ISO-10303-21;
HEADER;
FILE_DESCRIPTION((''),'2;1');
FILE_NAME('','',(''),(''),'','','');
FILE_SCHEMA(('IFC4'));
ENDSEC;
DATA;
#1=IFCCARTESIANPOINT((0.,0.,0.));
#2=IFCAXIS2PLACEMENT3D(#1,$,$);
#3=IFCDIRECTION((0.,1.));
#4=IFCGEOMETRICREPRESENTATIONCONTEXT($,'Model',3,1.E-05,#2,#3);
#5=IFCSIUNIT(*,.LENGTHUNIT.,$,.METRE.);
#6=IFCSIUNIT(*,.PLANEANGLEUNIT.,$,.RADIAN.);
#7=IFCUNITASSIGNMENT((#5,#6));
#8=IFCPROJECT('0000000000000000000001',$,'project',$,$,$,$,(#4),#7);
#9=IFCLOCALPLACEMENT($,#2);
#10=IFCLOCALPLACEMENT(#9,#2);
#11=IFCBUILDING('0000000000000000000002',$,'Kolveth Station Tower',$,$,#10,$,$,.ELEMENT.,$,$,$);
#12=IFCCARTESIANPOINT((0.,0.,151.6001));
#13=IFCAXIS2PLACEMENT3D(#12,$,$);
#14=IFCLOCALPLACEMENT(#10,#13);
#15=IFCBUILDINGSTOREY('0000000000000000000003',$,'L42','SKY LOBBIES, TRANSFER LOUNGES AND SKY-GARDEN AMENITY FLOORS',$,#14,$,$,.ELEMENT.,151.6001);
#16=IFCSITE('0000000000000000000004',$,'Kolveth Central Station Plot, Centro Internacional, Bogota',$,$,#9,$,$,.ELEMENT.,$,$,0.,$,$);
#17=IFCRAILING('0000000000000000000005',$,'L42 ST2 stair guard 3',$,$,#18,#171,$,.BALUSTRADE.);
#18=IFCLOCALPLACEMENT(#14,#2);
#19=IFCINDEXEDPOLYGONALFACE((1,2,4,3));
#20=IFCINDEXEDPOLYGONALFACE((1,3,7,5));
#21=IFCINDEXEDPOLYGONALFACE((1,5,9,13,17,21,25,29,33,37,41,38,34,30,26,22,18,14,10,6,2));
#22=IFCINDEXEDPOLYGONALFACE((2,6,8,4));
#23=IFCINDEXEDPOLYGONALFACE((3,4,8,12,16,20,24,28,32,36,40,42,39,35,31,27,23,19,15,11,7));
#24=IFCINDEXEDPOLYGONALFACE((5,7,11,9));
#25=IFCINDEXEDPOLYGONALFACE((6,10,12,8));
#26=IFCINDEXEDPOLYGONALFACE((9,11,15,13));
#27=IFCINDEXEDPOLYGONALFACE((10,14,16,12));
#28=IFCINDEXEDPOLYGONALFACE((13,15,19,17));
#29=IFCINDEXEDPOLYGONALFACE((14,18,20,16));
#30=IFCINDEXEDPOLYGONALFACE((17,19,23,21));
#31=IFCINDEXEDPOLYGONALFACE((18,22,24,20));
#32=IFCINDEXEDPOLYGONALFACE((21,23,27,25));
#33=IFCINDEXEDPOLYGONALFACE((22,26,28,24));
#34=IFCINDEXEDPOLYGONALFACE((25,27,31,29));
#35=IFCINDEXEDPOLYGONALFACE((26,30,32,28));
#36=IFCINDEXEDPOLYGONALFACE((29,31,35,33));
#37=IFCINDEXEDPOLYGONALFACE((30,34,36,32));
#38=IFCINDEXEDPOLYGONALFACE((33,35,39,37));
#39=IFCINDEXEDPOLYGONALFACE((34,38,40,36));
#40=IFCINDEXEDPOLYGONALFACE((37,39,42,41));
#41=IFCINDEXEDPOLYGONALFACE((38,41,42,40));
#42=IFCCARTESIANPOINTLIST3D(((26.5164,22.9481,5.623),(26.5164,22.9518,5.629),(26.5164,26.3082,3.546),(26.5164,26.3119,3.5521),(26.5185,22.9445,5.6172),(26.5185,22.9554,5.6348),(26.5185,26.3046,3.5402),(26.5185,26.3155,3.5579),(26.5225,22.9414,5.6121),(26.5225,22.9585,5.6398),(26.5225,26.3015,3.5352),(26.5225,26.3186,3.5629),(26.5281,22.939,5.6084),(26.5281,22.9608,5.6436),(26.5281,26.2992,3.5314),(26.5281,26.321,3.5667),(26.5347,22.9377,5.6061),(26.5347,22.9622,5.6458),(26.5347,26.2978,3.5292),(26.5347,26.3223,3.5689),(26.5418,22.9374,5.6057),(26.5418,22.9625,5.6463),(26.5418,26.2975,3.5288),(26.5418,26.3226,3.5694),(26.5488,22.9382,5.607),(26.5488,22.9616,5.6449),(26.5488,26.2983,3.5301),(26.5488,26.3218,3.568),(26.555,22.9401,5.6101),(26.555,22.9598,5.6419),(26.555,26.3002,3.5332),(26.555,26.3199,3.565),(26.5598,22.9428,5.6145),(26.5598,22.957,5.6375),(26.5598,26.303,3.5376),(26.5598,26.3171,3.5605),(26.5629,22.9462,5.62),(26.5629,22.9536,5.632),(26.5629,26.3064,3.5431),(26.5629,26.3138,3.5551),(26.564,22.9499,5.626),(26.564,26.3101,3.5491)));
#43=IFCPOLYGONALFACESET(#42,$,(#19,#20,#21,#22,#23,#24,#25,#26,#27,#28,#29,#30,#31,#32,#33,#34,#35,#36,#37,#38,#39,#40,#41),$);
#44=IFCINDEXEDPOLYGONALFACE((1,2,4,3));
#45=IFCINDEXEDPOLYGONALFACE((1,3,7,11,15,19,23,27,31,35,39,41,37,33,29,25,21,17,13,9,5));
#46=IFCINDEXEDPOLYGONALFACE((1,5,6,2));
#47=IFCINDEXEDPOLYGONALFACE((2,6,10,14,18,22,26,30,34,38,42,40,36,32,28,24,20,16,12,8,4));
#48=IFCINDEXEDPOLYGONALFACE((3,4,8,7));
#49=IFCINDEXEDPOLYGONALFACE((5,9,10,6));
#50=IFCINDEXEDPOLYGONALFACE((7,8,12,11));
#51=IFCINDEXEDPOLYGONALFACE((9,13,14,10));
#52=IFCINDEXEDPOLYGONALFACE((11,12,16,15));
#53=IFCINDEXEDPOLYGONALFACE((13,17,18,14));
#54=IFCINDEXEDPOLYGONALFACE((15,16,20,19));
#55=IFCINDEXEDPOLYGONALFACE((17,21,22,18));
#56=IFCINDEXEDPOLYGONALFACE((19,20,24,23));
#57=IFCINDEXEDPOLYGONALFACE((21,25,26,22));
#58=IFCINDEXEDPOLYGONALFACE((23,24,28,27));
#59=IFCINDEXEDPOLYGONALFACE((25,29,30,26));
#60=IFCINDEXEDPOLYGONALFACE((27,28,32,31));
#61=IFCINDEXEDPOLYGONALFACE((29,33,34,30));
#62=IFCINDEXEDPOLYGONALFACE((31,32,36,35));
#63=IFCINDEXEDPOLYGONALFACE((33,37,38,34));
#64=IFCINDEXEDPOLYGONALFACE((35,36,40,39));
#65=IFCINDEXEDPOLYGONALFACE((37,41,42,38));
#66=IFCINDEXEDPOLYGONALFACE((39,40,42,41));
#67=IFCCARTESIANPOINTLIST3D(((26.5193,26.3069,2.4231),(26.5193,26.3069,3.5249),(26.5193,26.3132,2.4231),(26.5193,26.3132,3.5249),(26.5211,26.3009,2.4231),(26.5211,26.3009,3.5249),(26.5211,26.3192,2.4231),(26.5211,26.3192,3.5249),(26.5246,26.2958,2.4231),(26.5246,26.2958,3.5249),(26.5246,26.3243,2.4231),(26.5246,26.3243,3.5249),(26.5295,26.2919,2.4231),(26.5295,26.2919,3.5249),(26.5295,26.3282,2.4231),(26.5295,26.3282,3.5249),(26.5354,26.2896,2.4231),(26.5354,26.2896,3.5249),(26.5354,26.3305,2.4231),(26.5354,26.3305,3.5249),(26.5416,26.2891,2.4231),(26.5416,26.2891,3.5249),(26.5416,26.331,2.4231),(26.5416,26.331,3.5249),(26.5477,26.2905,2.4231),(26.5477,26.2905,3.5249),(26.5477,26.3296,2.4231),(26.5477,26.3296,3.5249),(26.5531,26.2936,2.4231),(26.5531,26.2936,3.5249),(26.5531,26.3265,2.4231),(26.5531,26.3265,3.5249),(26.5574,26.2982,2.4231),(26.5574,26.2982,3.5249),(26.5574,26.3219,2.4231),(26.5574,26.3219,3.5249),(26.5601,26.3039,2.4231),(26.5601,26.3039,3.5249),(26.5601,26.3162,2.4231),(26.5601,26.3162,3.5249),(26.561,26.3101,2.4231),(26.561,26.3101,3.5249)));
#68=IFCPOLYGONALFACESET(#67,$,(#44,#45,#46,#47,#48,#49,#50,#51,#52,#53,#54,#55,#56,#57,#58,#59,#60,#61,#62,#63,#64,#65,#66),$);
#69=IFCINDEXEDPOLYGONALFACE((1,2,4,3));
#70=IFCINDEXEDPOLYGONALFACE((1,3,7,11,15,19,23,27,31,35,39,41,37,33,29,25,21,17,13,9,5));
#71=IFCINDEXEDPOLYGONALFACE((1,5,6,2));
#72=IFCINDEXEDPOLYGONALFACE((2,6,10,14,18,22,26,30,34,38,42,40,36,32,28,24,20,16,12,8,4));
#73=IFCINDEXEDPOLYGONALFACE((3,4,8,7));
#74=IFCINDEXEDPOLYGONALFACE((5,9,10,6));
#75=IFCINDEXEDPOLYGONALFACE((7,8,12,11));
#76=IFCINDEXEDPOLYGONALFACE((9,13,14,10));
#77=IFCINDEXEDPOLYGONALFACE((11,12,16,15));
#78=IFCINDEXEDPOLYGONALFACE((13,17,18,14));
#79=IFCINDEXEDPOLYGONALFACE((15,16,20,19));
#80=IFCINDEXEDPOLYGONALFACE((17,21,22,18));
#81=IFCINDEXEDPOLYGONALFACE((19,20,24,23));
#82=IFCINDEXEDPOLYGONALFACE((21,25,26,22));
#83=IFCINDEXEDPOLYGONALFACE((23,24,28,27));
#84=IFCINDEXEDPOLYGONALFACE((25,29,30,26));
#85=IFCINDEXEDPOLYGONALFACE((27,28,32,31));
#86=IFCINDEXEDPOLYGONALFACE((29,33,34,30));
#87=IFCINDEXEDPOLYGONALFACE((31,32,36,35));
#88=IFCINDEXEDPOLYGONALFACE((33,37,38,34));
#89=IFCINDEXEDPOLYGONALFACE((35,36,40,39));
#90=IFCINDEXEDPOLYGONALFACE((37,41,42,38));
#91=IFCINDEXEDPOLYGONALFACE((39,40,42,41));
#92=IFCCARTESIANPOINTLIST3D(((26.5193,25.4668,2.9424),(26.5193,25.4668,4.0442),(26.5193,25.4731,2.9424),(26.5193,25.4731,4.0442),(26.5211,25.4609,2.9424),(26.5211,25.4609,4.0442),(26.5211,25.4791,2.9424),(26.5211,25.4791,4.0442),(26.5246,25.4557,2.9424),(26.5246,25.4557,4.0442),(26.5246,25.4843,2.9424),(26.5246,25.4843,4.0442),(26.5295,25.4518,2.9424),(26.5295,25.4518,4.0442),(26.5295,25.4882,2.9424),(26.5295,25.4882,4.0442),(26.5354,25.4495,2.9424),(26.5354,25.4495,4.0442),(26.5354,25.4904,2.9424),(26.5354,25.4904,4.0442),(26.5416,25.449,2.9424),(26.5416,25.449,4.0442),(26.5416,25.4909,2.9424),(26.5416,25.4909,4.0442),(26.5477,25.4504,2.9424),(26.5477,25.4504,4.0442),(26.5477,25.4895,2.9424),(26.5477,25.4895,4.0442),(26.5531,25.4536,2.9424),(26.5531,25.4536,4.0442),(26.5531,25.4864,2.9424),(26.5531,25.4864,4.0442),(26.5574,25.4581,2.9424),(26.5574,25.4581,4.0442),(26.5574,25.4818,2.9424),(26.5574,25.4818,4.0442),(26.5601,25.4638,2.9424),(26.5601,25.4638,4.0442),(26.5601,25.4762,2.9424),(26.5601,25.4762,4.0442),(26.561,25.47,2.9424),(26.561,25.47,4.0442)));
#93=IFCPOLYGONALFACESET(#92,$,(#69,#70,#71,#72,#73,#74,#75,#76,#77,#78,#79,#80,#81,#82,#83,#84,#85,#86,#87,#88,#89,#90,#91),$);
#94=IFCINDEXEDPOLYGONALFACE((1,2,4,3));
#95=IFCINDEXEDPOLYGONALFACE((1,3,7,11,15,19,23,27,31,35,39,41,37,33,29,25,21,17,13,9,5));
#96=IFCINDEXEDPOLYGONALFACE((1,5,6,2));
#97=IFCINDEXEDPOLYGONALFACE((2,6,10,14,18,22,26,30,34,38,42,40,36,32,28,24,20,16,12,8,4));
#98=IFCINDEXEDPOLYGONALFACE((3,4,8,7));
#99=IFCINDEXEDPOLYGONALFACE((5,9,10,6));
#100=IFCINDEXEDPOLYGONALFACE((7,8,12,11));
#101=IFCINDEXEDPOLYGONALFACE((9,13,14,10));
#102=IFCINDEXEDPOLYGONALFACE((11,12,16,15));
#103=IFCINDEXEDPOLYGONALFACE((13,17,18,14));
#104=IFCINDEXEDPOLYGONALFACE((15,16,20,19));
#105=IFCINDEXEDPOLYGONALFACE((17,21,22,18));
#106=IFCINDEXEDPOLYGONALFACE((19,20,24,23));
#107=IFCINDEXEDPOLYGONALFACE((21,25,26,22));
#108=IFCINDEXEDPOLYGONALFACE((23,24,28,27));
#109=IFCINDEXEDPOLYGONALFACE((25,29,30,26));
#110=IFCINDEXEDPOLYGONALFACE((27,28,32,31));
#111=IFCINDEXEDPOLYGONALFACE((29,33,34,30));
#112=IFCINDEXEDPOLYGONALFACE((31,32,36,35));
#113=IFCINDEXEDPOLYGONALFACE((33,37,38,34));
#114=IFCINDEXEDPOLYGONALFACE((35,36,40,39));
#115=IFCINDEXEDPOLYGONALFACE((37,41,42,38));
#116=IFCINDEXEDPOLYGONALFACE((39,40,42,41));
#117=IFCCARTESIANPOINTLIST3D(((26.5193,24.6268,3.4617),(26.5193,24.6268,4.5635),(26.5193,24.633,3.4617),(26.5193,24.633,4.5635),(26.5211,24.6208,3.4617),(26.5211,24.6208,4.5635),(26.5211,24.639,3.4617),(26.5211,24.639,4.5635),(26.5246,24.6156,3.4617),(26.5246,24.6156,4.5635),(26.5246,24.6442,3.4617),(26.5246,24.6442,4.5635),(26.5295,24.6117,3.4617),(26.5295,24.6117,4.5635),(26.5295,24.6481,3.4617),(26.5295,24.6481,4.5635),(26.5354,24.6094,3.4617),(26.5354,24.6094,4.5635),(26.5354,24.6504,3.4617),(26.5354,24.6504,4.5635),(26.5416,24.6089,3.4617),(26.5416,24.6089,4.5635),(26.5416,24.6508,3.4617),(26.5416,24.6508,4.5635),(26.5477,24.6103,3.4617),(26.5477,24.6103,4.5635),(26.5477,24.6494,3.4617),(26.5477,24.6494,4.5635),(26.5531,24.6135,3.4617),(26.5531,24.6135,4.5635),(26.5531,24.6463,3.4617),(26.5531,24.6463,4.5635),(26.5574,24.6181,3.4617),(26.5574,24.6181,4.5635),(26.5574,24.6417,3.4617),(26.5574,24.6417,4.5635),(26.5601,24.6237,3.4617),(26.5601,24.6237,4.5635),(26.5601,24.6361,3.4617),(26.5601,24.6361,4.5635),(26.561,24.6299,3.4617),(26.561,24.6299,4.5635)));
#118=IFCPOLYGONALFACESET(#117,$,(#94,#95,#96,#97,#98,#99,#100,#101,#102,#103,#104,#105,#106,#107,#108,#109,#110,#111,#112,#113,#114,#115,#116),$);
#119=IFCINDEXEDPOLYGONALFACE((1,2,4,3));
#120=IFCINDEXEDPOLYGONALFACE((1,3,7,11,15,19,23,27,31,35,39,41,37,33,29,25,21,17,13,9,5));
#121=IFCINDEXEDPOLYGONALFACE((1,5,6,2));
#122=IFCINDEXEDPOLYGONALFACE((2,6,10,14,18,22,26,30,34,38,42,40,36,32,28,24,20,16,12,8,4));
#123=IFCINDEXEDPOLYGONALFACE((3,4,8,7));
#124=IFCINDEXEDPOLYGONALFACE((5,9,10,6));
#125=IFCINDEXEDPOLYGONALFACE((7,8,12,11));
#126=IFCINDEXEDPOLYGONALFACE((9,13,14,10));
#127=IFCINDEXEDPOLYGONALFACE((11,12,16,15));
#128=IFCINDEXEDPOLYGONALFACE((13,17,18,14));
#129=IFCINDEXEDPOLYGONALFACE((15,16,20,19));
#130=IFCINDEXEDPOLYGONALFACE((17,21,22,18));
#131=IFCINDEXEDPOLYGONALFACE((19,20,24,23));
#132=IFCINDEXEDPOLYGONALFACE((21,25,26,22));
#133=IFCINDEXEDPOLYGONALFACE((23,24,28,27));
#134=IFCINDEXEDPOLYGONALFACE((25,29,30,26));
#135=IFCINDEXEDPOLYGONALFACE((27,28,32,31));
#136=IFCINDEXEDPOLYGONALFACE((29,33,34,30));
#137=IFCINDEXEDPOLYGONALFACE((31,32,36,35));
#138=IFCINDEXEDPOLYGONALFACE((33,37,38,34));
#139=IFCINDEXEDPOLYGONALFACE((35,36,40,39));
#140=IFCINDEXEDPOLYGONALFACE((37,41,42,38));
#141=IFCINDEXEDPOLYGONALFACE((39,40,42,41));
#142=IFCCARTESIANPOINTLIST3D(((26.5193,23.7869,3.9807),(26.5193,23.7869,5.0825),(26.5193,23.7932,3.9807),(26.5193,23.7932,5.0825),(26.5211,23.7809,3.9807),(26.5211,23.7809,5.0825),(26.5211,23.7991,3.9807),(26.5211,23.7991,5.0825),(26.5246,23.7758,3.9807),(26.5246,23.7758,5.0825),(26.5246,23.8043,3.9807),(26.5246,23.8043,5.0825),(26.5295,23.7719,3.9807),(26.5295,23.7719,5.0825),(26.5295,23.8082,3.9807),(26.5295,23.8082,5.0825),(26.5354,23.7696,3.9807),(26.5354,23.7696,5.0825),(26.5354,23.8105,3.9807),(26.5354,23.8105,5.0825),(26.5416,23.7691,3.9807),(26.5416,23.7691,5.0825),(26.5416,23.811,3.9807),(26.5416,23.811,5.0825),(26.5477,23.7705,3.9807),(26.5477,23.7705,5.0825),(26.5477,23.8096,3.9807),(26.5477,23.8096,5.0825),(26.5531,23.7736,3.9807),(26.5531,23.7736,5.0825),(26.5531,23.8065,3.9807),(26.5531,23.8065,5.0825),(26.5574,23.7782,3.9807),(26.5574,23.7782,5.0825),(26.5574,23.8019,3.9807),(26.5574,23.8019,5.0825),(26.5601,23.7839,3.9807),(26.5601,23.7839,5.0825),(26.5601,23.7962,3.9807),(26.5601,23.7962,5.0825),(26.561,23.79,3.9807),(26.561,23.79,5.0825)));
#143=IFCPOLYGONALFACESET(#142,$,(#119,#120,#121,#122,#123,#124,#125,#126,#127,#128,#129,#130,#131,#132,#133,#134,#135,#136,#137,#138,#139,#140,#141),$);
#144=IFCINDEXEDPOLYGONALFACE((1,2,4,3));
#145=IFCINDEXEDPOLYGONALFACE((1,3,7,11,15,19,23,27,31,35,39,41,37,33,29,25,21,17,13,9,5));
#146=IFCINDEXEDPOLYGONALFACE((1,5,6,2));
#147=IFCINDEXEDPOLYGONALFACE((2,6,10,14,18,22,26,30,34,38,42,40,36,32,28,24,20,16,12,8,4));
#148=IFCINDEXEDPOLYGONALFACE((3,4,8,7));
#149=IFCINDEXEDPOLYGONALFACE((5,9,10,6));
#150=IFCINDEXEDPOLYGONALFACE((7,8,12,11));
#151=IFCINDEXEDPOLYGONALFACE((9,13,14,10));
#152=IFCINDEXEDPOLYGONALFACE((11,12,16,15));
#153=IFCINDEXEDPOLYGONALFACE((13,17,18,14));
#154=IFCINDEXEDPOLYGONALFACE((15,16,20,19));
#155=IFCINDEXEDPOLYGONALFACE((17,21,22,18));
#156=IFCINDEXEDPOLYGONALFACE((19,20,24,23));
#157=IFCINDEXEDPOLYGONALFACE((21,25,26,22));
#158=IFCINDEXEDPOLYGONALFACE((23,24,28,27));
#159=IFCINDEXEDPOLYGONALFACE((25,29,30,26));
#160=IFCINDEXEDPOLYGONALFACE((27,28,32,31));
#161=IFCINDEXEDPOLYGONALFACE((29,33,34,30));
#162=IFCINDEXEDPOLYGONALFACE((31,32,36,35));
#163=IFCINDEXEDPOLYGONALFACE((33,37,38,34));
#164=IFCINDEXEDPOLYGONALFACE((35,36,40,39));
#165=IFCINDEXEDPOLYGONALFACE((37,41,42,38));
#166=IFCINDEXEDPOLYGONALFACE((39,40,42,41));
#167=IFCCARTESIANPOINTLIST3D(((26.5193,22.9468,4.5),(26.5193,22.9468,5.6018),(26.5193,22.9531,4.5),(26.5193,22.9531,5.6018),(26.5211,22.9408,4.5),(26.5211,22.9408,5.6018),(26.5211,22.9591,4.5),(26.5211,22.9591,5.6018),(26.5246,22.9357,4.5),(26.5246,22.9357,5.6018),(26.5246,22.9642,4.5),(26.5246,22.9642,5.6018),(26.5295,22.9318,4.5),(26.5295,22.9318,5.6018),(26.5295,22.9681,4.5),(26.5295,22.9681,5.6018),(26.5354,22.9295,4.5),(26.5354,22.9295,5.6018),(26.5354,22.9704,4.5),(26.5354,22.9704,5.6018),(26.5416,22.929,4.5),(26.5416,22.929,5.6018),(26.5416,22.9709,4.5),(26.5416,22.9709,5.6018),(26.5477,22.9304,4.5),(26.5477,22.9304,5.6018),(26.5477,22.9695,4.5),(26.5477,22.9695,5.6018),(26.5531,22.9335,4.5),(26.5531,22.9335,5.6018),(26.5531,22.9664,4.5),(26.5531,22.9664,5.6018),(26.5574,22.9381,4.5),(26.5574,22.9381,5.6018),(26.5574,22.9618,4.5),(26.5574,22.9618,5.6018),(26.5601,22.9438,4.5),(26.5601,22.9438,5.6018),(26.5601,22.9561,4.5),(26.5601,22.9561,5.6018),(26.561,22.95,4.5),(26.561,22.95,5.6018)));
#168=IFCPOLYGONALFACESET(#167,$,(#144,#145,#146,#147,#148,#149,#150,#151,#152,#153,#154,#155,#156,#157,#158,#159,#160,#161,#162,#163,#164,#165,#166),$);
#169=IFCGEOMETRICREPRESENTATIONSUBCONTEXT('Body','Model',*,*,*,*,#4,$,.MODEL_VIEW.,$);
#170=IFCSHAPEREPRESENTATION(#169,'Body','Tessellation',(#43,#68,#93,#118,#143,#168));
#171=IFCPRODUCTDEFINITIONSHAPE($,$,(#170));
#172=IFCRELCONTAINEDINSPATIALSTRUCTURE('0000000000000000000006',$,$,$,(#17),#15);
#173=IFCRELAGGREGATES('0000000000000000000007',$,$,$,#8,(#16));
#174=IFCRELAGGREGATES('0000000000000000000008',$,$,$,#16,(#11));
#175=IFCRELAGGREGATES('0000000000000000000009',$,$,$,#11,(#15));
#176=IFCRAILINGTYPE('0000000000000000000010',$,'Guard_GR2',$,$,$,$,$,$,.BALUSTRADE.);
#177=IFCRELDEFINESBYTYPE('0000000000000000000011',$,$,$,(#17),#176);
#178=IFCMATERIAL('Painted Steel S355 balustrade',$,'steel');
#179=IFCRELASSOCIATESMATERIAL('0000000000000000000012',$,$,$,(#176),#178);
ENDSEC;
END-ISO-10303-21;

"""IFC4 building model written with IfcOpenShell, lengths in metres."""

from ifc_helpers import new_model, si_unit, direction, frame, origin, origin_2d, place, context, subcontext, project, spatial, circle, extrude, material, type_object, element, save


model = new_model("IFC4")

# Units and contexts
model_context = context("Model", 3, precision=1e-05, world=origin(), true_north=direction((0.0, 1.0)))
body_context = subcontext(model_context, "Body", "Model", "MODEL_VIEW")
ifc_project = project(units=[si_unit("LENGTHUNIT", "METRE"), si_unit("PLANEANGLEUNIT", "RADIAN")], contexts=[model_context])

# Site, building, storey
site_placement = place(None, origin())
site = spatial("IfcSite", under=ifc_project, at=site_placement, Name="Kolveth Central Station Plot, Centro Internacional, Bogota", CompositionType="ELEMENT", RefElevation=0.0)
building_placement = place(site_placement, origin())
building = spatial("IfcBuilding", under=site, at=building_placement, Name="Kolveth Station Tower", CompositionType="ELEMENT")
storey_placement = place(building_placement, frame((0.0, 0.0, 151.6001)))
storey = spatial("IfcBuildingStorey", under=building, at=storey_placement, Name="L42", Description="SKY LOBBIES, TRANSFER LOUNGES AND SKY-GARDEN AMENITY FLOORS", CompositionType="ELEMENT", Elevation=151.6001)

# Railing
ifc_material_1 = material(Name="Painted Steel S355 balustrade", Category="steel")
railing_type_1 = type_object("IfcRailingType", Name="Guard_GR2", PredefinedType="BALUSTRADE", material=ifc_material_1)
railing_1_placement = place(storey_placement, frame((26.54, 26.3101, 2.4231)))
element("IfcRailing", 1, at=railing_1_placement, inside=storey, type_object=railing_type_1, Name="L42 ST2 stair guard 3", PredefinedType="BALUSTRADE", context=body_context, shape_type="SweptSolid", body=[
    extrude(circle(Radius=0.0239, at=origin_2d()), frame((0.0, 0.0, 1.126), z_axis=(0.0, -0.850623, 0.525776), x_axis=(1.0, 0.0, 0.0)), (0.0, 0.0, 1.0), 3.9502),
    extrude(circle(Radius=0.021, at=origin_2d()), origin(), (0.0, 0.0, 1.0), 1.1018),
    extrude(circle(Radius=0.021, at=origin_2d()), frame((0.0, -0.8401, 0.5193)), (0.0, 0.0, 1.0), 1.1018),
    extrude(circle(Radius=0.021, at=origin_2d()), frame((0.0, -1.6802, 1.0386)), (0.0, 0.0, 1.0), 1.1018),
    extrude(circle(Radius=0.021, at=origin_2d()), frame((0.0, -2.52, 1.5576)), (0.0, 0.0, 1.0), 1.1018),
    extrude(circle(Radius=0.021, at=origin_2d()), frame((0.0, -3.3601, 2.0769)), (0.0, 0.0, 1.0), 1.1018),
])

save(model, "model.ifc")
